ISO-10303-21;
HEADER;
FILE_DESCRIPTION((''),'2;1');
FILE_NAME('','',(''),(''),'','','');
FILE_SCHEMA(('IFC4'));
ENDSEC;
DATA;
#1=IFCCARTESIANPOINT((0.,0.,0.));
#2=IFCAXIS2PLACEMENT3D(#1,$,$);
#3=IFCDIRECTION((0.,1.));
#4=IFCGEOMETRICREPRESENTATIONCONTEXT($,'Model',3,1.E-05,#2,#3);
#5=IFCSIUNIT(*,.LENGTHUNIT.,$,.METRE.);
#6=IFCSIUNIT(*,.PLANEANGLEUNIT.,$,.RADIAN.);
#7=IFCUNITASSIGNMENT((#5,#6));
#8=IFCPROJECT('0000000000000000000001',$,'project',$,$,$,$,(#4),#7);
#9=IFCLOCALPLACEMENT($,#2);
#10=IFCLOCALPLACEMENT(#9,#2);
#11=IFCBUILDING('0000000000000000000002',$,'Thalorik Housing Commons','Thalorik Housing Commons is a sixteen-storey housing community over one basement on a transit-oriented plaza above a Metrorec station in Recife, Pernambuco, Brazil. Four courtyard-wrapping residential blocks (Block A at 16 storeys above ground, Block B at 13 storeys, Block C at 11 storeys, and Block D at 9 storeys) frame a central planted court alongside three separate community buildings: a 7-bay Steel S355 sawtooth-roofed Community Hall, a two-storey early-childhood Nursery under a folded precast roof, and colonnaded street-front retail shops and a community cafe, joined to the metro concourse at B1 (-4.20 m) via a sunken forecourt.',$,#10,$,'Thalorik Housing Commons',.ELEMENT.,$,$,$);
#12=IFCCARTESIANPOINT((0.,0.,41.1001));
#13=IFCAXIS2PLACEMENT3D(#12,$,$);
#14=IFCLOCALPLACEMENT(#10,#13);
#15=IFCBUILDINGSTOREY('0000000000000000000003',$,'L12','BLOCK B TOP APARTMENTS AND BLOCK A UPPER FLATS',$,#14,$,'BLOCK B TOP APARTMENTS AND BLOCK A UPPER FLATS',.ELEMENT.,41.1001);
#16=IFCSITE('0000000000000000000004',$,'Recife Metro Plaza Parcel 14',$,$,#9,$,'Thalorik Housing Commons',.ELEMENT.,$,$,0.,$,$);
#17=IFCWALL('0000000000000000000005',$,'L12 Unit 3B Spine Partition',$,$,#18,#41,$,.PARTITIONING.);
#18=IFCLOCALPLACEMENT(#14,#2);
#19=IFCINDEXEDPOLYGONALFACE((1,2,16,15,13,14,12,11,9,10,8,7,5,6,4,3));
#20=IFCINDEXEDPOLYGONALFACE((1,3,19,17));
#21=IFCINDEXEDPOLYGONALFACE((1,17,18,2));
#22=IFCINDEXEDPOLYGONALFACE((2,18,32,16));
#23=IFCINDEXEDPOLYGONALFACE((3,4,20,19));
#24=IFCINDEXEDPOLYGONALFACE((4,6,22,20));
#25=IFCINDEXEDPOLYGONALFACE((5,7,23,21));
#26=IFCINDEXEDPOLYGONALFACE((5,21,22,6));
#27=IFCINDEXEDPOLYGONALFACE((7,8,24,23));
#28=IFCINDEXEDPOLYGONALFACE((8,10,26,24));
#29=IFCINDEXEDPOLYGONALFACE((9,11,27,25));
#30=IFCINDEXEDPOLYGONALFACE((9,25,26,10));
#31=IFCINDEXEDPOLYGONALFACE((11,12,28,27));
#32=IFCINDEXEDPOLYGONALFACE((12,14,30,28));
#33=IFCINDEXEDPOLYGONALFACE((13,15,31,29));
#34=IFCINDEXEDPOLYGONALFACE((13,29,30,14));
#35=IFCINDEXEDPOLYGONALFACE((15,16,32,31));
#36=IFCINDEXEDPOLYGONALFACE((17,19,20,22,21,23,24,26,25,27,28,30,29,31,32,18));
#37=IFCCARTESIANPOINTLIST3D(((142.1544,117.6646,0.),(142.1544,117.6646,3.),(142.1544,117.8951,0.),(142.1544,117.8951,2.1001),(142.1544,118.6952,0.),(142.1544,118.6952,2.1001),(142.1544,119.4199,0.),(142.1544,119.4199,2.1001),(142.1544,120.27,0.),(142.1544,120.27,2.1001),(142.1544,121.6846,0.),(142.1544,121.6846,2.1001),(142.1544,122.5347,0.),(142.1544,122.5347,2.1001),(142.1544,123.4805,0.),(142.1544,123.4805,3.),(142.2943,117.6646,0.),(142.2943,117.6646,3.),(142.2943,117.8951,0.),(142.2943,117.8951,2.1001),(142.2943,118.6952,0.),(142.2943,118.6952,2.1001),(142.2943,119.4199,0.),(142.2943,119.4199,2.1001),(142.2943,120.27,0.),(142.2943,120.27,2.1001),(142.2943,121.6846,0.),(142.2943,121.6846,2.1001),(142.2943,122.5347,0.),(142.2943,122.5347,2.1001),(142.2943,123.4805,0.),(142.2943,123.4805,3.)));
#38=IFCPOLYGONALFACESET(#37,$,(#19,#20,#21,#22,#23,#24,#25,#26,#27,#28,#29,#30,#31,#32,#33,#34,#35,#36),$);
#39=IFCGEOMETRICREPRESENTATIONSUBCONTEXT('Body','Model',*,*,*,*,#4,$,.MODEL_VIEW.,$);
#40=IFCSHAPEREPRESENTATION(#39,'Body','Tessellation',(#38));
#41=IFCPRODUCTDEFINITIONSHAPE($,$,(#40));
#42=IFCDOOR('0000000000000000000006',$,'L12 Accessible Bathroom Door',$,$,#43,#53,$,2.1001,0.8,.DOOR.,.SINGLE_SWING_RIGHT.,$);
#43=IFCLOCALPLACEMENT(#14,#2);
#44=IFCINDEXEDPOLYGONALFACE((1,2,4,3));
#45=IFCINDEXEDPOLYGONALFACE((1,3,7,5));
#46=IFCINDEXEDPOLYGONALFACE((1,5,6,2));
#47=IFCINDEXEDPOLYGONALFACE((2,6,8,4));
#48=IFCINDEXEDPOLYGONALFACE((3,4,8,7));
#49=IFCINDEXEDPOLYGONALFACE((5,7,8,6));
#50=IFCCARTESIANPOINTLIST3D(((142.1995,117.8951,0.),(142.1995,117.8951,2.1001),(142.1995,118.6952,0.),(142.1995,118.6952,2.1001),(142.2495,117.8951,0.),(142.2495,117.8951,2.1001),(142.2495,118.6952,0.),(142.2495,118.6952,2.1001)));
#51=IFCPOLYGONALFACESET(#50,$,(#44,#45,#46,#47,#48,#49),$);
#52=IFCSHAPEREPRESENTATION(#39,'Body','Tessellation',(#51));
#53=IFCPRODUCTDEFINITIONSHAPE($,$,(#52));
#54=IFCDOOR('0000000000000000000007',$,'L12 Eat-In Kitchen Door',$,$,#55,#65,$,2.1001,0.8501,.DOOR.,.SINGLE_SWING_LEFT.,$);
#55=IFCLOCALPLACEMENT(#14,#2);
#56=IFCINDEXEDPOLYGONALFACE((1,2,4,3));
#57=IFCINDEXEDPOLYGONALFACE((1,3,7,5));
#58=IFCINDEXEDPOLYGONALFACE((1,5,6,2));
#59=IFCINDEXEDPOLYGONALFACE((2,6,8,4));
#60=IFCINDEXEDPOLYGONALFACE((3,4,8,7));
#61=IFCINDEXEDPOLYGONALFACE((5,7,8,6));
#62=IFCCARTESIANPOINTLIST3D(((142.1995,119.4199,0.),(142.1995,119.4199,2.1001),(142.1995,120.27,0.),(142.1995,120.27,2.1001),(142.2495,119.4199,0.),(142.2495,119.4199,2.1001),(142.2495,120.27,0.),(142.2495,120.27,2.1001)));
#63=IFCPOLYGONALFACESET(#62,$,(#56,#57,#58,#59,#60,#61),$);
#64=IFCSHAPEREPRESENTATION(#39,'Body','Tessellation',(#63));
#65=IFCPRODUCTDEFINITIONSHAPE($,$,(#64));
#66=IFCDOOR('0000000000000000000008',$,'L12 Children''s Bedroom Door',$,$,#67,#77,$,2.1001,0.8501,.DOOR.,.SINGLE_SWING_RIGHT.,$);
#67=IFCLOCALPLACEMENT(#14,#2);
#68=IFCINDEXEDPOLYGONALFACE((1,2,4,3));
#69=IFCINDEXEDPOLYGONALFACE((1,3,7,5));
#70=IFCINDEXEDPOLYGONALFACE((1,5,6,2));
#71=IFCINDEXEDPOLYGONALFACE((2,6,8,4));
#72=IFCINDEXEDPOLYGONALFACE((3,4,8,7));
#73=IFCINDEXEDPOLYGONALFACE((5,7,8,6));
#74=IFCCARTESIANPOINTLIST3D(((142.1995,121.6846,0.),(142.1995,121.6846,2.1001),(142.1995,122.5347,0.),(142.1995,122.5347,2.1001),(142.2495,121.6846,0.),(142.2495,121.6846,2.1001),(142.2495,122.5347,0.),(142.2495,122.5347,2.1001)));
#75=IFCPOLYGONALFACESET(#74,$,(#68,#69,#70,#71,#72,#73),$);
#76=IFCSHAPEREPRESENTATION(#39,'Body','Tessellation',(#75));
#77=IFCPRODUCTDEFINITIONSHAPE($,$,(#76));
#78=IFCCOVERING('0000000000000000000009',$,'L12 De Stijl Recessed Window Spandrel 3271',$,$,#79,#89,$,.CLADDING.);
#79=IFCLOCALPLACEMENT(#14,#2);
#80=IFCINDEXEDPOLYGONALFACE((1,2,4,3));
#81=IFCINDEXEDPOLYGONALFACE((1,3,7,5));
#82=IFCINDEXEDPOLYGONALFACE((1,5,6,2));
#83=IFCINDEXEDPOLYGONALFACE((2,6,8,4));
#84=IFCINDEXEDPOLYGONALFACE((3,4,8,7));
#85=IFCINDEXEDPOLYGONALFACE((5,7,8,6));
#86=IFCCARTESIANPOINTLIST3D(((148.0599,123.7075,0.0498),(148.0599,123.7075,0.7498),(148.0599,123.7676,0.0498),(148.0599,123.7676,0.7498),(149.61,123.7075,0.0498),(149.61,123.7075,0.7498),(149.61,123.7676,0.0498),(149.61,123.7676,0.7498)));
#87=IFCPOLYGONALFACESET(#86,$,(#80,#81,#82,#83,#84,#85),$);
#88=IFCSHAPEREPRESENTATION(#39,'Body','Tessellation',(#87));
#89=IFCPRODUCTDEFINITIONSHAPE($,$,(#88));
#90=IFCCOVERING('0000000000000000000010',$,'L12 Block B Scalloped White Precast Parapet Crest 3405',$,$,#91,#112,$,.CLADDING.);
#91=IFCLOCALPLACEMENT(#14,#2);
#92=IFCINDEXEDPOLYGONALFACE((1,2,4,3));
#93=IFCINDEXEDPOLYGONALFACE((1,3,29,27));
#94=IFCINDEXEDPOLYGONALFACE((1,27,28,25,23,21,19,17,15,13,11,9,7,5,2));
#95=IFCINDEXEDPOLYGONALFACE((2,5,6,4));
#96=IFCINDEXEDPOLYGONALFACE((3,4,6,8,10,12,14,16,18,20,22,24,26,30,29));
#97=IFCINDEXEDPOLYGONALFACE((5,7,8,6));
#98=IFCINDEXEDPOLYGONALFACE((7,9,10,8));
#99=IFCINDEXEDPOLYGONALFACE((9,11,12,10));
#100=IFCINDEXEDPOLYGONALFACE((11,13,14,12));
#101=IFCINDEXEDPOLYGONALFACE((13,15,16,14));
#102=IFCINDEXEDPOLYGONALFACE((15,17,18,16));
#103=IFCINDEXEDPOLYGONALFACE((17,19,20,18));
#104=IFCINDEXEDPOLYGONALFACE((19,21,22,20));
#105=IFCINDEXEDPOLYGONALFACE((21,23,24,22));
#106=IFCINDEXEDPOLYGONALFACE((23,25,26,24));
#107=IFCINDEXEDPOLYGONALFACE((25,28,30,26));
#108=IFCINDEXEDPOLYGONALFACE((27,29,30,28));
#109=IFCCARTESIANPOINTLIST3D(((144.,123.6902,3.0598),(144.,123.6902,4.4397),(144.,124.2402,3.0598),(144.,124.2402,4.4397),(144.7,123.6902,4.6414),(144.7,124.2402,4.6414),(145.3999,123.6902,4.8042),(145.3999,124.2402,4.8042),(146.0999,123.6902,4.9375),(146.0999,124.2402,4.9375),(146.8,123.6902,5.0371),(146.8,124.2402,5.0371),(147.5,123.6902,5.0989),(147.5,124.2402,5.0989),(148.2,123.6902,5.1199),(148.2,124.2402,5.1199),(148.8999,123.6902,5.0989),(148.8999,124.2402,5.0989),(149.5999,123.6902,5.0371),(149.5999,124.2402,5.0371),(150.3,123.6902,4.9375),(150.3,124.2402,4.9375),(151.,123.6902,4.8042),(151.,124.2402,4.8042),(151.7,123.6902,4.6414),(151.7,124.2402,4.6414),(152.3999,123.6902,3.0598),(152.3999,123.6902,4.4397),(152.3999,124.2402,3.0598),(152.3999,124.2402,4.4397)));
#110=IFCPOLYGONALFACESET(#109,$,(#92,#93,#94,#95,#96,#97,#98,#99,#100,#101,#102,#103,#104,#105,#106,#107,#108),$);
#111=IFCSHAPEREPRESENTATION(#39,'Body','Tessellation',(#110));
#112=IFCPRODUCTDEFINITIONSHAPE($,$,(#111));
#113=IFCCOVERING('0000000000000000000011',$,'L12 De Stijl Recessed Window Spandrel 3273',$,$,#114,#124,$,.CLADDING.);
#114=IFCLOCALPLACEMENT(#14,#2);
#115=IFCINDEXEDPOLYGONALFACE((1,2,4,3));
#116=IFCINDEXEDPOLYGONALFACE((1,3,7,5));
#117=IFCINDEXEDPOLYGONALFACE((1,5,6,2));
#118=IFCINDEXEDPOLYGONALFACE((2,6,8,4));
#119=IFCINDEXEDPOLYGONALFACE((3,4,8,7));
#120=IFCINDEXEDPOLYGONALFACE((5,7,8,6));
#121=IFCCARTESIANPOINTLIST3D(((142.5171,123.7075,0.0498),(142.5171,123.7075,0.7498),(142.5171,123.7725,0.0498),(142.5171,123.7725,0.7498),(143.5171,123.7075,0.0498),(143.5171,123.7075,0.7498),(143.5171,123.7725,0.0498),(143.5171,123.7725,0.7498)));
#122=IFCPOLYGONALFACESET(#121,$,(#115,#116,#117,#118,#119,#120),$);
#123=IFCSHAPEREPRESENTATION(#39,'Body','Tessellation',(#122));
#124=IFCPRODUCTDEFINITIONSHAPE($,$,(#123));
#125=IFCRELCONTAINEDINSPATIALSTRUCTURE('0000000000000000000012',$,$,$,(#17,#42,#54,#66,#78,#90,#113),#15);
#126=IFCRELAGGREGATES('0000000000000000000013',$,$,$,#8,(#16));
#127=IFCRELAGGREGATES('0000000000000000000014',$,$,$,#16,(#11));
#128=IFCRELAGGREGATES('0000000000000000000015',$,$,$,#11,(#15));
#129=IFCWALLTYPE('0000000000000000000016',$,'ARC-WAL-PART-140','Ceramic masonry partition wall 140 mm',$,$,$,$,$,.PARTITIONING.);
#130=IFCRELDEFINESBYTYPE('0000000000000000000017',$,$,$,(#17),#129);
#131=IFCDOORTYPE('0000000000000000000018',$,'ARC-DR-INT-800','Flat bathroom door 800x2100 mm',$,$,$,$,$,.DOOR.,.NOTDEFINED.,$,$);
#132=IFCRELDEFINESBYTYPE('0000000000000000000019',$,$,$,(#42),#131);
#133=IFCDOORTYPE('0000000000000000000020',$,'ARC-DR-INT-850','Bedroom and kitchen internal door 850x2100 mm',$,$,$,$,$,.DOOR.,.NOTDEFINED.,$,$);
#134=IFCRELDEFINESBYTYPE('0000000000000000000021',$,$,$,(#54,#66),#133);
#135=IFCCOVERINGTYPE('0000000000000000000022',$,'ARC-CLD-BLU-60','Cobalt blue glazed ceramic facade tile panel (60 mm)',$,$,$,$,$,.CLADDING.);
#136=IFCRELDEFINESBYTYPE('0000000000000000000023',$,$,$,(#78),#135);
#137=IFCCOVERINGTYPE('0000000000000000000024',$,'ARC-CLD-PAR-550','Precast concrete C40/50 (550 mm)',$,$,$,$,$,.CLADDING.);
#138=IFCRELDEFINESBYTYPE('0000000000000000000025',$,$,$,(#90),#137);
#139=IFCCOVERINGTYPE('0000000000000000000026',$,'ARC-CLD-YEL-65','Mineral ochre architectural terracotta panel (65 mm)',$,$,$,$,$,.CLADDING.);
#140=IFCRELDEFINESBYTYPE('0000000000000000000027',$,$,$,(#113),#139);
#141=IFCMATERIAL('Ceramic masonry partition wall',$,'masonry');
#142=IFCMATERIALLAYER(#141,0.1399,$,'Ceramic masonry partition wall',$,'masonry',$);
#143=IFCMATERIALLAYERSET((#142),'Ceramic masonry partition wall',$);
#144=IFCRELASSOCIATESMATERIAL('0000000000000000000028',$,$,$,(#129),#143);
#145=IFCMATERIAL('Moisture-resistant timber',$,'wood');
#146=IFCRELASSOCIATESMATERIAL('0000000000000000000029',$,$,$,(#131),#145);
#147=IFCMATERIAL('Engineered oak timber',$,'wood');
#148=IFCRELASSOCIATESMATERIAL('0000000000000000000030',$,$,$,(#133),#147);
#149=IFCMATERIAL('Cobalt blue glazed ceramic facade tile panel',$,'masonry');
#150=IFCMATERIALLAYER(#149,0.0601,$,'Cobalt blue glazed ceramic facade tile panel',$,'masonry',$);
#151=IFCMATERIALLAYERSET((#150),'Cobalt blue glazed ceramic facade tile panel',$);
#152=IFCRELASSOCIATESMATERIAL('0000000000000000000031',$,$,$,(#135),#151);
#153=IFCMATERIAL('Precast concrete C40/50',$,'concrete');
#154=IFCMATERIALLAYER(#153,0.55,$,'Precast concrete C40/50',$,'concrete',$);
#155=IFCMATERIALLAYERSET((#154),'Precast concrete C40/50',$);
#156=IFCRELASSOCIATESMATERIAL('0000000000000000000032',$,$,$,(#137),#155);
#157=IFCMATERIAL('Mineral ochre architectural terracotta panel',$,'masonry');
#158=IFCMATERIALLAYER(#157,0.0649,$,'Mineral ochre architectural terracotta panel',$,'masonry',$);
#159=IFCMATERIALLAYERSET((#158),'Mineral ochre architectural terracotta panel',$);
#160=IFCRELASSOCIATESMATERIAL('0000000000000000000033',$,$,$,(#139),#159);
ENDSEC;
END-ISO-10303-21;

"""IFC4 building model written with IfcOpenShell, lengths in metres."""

from ifc_helpers import new_model, si_unit, direction, frame, frame_2d, origin, origin_2d, place, context, subcontext, project, spatial, polyline, rectangle, outline, extrude, material, layer, layer_set, type_object, element, fill, save


model = new_model("IFC4")

# Units and contexts
model_context = context("Model", 3, precision=1e-05, world=origin(), true_north=direction((0.0, 1.0)))
body_context = subcontext(model_context, "Body", "Model", "MODEL_VIEW")
ifc_project = project(units=[si_unit("LENGTHUNIT", "METRE"), si_unit("PLANEANGLEUNIT", "RADIAN")], contexts=[model_context])

# Site, building, storey
site_placement = place(None, origin())
site = spatial("IfcSite", under=ifc_project, at=site_placement, Name="Recife Metro Plaza Parcel 14", LongName="Thalorik Housing Commons", CompositionType="ELEMENT", RefElevation=0.0)
building_placement = place(site_placement, origin())
building = spatial("IfcBuilding", under=site, at=building_placement, Name="Thalorik Housing Commons", Description="Thalorik Housing Commons is a sixteen-storey housing community over one basement on a transit-oriented plaza above a Metrorec station in Recife, Pernambuco, Brazil. Four courtyard-wrapping residential blocks (Block A at 16 storeys above ground, Block B at 13 storeys, Block C at 11 storeys, and Block D at 9 storeys) frame a central planted court alongside three separate community buildings: a 7-bay Steel S355 sawtooth-roofed Community Hall, a two-storey early-childhood Nursery under a folded precast roof, and colonnaded street-front retail shops and a community cafe, joined to the metro concourse at B1 (-4.20 m) via a sunken forecourt.", LongName="Thalorik Housing Commons", CompositionType="ELEMENT")
storey_placement = place(building_placement, frame((0.0, 0.0, 41.1001)))
storey = spatial("IfcBuildingStorey", under=building, at=storey_placement, Name="L12", Description="BLOCK B TOP APARTMENTS AND BLOCK A UPPER FLATS", LongName="BLOCK B TOP APARTMENTS AND BLOCK A UPPER FLATS", CompositionType="ELEMENT", Elevation=41.1001)

# Shared definitions
ifc_material_1 = material(Name="Precast concrete C40/50", Category="concrete")

# Wall, openings, doors
ifc_material_2 = material(Name="Ceramic masonry partition wall", Category="masonry")
ifc_layer_1 = layer(ifc_material_2, 0.1399, Name="Ceramic masonry partition wall", Category="masonry")
ifc_layer_set_1 = layer_set([ifc_layer_1], Name="Ceramic masonry partition wall")
wall_type_1 = type_object("IfcWallType", Name="ARC-WAL-PART-140", Description="Ceramic masonry partition wall 140 mm", PredefinedType="PARTITIONING", material=ifc_layer_set_1)
wall_1_placement = place(storey_placement, frame((142.2244, 117.6646, 0.0), z_axis=(0.0, 0.0, 1.0), x_axis=(0.0, 1.0, 0.0)))
wall_1 = element("IfcWall", 1, at=wall_1_placement, inside=storey, type_object=wall_type_1, Name="L12 Unit 3B Spine Partition", PredefinedType="PARTITIONING", context=body_context, shape_type="SweptSolid", body=[
    extrude(rectangle(XDim=5.8159, YDim=0.1399, at=frame_2d((2.908, 0.0))), origin(), (0.0, 0.0, 1.0), 3.0),
])
opening_1_placement = place(wall_1_placement, frame((0.2307, 0.0, 0.0)))
opening_1 = element("IfcOpeningElement", 2, at=opening_1_placement, cuts=wall_1, PredefinedType="OPENING", context=body_context, shape_type="SweptSolid", body=[
    extrude(rectangle(XDim=0.8, YDim=2.1001, at=frame_2d((0.3999, 1.05))), frame((0.0, 0.0801, 0.0), z_axis=(0.0, -1.0, 0.0), x_axis=(1.0, 0.0, 0.0)), (0.0, 0.0, 1.0), 0.1599),
])
opening_2_placement = place(wall_1_placement, frame((1.7554, 0.0, 0.0)))
opening_2 = element("IfcOpeningElement", 3, at=opening_2_placement, cuts=wall_1, PredefinedType="OPENING", context=body_context, shape_type="SweptSolid", body=[
    extrude(rectangle(XDim=0.8501, YDim=2.1001, at=frame_2d((0.425, 1.05))), frame((0.0, 0.0801, 0.0), z_axis=(0.0, -1.0, 0.0), x_axis=(1.0, 0.0, 0.0)), (0.0, 0.0, 1.0), 0.1599),
])
opening_3_placement = place(wall_1_placement, frame((4.02, 0.0, 0.0)))
opening_3 = element("IfcOpeningElement", 4, at=opening_3_placement, cuts=wall_1, PredefinedType="OPENING", context=body_context, shape_type="SweptSolid", body=[
    extrude(rectangle(XDim=0.8501, YDim=2.1001, at=frame_2d((0.425, 1.05))), frame((0.0, 0.0801, 0.0), z_axis=(0.0, -1.0, 0.0), x_axis=(1.0, 0.0, 0.0)), (0.0, 0.0, 1.0), 0.1599),
])
ifc_material_3 = material(Name="Moisture-resistant timber", Category="wood")
door_type_1 = type_object("IfcDoorType", Name="ARC-DR-INT-800", Description="Flat bathroom door 800x2100 mm", OperationType="NOTDEFINED", PredefinedType="DOOR", material=ifc_material_3)
door_1_placement = place(opening_1_placement, origin())
door_1 = element("IfcDoor", 5, at=door_1_placement, inside=storey, type_object=door_type_1, Name="L12 Accessible Bathroom Door", OperationType="SINGLE_SWING_RIGHT", OverallHeight=2.1001, OverallWidth=0.8, PredefinedType="DOOR", context=body_context, shape_type="SweptSolid", body=[
    extrude(rectangle(XDim=0.8, YDim=2.1001, at=frame_2d((0.3999, 1.05))), frame((0.0, 0.0249, 0.0), z_axis=(0.0, -1.0, 0.0), x_axis=(1.0, 0.0, 0.0)), (0.0, 0.0, 1.0), 0.05),
])
fill(opening_1, door_1)
ifc_material_4 = material(Name="Engineered oak timber", Category="wood")
door_type_2 = type_object("IfcDoorType", Name="ARC-DR-INT-850", Description="Bedroom and kitchen internal door 850x2100 mm", OperationType="NOTDEFINED", PredefinedType="DOOR", material=ifc_material_4)
door_2_placement = place(opening_2_placement, origin())
door_2 = element("IfcDoor", 6, at=door_2_placement, inside=storey, type_object=door_type_2, Name="L12 Eat-In Kitchen Door", OperationType="SINGLE_SWING_LEFT", OverallHeight=2.1001, OverallWidth=0.8501, PredefinedType="DOOR", context=body_context, shape_type="SweptSolid", body=[
    extrude(rectangle(XDim=0.8501, YDim=2.1001, at=frame_2d((0.425, 1.05))), frame((0.0, 0.0249, 0.0), z_axis=(0.0, -1.0, 0.0), x_axis=(1.0, 0.0, 0.0)), (0.0, 0.0, 1.0), 0.05),
])
fill(opening_2, door_2)
door_3_placement = place(opening_3_placement, origin())
door_3 = element("IfcDoor", 7, at=door_3_placement, inside=storey, type_object=door_type_2, Name="L12 Children's Bedroom Door", OperationType="SINGLE_SWING_RIGHT", OverallHeight=2.1001, OverallWidth=0.8501, PredefinedType="DOOR", context=body_context, shape_type="SweptSolid", body=[
    extrude(rectangle(XDim=0.8501, YDim=2.1001, at=frame_2d((0.425, 1.05))), frame((0.0, 0.0249, 0.0), z_axis=(0.0, -1.0, 0.0), x_axis=(1.0, 0.0, 0.0)), (0.0, 0.0, 1.0), 0.05),
])
fill(opening_3, door_3)

# Coverings
ifc_material_5 = material(Name="Cobalt blue glazed ceramic facade tile panel", Category="masonry")
ifc_layer_2 = layer(ifc_material_5, 0.0601, Name="Cobalt blue glazed ceramic facade tile panel", Category="masonry")
ifc_layer_set_2 = layer_set([ifc_layer_2], Name="Cobalt blue glazed ceramic facade tile panel")
covering_type_1 = type_object("IfcCoveringType", Name="ARC-CLD-BLU-60", Description="Cobalt blue glazed ceramic facade tile panel (60 mm)", PredefinedType="CLADDING", material=ifc_layer_set_2)
covering_1_placement = place(storey_placement, frame((148.835, 123.7375, 0.0498), z_axis=(0.0, 0.0, 1.0), x_axis=(-1.0, 0.0, 0.0)))
element("IfcCovering", 8, at=covering_1_placement, inside=storey, type_object=covering_type_1, Name="L12 De Stijl Recessed Window Spandrel 3271", PredefinedType="CLADDING", context=body_context, shape_type="SweptSolid", body=[
    extrude(rectangle(XDim=1.55, YDim=0.0601, at=origin_2d()), origin(), (0.0, 0.0, 1.0), 0.7),
])
ifc_layer_3 = layer(ifc_material_1, 0.55, Name="Precast concrete C40/50", Category="concrete")
ifc_layer_set_3 = layer_set([ifc_layer_3], Name="Precast concrete C40/50")
covering_type_2 = type_object("IfcCoveringType", Name="ARC-CLD-PAR-550", Description="Precast concrete C40/50 (550 mm)", PredefinedType="CLADDING", material=ifc_layer_set_3)
covering_2_placement = place(storey_placement, frame((148.2, 123.9651, 3.0598), z_axis=(0.0, 0.0, 1.0), x_axis=(-1.0, 0.0, 0.0)))
element("IfcCovering", 9, at=covering_2_placement, inside=storey, type_object=covering_type_2, Name="L12 Block B Scalloped White Precast Parapet Crest 3405", PredefinedType="CLADDING", context=body_context, shape_type="SweptSolid", body=[
    extrude(outline(polyline([(-4.2, 0.0), (4.2, 0.0), (4.2, 1.3799), (3.5, 1.5815), (2.8, 1.7444), (2.1001, 1.8777), (1.3999, 1.9773), (0.7, 2.0391), (0.0, 2.0601), (-0.7, 2.0391), (-1.3999, 1.9773), (-2.1001, 1.8777), (-2.8, 1.7444), (-3.5, 1.5815), (-4.2, 1.3799), (-4.2, 0.0)])), frame((0.0, 0.2749, 0.0), z_axis=(0.0, -1.0, 0.0), x_axis=(1.0, 0.0, 0.0)), (0.0, 0.0, 1.0), 0.55),
])
ifc_material_6 = material(Name="Mineral ochre architectural terracotta panel", Category="masonry")
ifc_layer_4 = layer(ifc_material_6, 0.0649, Name="Mineral ochre architectural terracotta panel", Category="masonry")
ifc_layer_set_4 = layer_set([ifc_layer_4], Name="Mineral ochre architectural terracotta panel")
covering_type_3 = type_object("IfcCoveringType", Name="ARC-CLD-YEL-65", Description="Mineral ochre architectural terracotta panel (65 mm)", PredefinedType="CLADDING", material=ifc_layer_set_4)
covering_3_placement = place(storey_placement, frame((143.0171, 123.74, 0.0498), z_axis=(0.0, 0.0, 1.0), x_axis=(-1.0, 0.0, 0.0)))
element("IfcCovering", 10, at=covering_3_placement, inside=storey, type_object=covering_type_3, Name="L12 De Stijl Recessed Window Spandrel 3273", PredefinedType="CLADDING", context=body_context, shape_type="SweptSolid", body=[
    extrude(rectangle(XDim=1.0, YDim=0.0649, at=origin_2d()), origin(), (0.0, 0.0, 1.0), 0.7),
])

save(model, "model.ifc")
